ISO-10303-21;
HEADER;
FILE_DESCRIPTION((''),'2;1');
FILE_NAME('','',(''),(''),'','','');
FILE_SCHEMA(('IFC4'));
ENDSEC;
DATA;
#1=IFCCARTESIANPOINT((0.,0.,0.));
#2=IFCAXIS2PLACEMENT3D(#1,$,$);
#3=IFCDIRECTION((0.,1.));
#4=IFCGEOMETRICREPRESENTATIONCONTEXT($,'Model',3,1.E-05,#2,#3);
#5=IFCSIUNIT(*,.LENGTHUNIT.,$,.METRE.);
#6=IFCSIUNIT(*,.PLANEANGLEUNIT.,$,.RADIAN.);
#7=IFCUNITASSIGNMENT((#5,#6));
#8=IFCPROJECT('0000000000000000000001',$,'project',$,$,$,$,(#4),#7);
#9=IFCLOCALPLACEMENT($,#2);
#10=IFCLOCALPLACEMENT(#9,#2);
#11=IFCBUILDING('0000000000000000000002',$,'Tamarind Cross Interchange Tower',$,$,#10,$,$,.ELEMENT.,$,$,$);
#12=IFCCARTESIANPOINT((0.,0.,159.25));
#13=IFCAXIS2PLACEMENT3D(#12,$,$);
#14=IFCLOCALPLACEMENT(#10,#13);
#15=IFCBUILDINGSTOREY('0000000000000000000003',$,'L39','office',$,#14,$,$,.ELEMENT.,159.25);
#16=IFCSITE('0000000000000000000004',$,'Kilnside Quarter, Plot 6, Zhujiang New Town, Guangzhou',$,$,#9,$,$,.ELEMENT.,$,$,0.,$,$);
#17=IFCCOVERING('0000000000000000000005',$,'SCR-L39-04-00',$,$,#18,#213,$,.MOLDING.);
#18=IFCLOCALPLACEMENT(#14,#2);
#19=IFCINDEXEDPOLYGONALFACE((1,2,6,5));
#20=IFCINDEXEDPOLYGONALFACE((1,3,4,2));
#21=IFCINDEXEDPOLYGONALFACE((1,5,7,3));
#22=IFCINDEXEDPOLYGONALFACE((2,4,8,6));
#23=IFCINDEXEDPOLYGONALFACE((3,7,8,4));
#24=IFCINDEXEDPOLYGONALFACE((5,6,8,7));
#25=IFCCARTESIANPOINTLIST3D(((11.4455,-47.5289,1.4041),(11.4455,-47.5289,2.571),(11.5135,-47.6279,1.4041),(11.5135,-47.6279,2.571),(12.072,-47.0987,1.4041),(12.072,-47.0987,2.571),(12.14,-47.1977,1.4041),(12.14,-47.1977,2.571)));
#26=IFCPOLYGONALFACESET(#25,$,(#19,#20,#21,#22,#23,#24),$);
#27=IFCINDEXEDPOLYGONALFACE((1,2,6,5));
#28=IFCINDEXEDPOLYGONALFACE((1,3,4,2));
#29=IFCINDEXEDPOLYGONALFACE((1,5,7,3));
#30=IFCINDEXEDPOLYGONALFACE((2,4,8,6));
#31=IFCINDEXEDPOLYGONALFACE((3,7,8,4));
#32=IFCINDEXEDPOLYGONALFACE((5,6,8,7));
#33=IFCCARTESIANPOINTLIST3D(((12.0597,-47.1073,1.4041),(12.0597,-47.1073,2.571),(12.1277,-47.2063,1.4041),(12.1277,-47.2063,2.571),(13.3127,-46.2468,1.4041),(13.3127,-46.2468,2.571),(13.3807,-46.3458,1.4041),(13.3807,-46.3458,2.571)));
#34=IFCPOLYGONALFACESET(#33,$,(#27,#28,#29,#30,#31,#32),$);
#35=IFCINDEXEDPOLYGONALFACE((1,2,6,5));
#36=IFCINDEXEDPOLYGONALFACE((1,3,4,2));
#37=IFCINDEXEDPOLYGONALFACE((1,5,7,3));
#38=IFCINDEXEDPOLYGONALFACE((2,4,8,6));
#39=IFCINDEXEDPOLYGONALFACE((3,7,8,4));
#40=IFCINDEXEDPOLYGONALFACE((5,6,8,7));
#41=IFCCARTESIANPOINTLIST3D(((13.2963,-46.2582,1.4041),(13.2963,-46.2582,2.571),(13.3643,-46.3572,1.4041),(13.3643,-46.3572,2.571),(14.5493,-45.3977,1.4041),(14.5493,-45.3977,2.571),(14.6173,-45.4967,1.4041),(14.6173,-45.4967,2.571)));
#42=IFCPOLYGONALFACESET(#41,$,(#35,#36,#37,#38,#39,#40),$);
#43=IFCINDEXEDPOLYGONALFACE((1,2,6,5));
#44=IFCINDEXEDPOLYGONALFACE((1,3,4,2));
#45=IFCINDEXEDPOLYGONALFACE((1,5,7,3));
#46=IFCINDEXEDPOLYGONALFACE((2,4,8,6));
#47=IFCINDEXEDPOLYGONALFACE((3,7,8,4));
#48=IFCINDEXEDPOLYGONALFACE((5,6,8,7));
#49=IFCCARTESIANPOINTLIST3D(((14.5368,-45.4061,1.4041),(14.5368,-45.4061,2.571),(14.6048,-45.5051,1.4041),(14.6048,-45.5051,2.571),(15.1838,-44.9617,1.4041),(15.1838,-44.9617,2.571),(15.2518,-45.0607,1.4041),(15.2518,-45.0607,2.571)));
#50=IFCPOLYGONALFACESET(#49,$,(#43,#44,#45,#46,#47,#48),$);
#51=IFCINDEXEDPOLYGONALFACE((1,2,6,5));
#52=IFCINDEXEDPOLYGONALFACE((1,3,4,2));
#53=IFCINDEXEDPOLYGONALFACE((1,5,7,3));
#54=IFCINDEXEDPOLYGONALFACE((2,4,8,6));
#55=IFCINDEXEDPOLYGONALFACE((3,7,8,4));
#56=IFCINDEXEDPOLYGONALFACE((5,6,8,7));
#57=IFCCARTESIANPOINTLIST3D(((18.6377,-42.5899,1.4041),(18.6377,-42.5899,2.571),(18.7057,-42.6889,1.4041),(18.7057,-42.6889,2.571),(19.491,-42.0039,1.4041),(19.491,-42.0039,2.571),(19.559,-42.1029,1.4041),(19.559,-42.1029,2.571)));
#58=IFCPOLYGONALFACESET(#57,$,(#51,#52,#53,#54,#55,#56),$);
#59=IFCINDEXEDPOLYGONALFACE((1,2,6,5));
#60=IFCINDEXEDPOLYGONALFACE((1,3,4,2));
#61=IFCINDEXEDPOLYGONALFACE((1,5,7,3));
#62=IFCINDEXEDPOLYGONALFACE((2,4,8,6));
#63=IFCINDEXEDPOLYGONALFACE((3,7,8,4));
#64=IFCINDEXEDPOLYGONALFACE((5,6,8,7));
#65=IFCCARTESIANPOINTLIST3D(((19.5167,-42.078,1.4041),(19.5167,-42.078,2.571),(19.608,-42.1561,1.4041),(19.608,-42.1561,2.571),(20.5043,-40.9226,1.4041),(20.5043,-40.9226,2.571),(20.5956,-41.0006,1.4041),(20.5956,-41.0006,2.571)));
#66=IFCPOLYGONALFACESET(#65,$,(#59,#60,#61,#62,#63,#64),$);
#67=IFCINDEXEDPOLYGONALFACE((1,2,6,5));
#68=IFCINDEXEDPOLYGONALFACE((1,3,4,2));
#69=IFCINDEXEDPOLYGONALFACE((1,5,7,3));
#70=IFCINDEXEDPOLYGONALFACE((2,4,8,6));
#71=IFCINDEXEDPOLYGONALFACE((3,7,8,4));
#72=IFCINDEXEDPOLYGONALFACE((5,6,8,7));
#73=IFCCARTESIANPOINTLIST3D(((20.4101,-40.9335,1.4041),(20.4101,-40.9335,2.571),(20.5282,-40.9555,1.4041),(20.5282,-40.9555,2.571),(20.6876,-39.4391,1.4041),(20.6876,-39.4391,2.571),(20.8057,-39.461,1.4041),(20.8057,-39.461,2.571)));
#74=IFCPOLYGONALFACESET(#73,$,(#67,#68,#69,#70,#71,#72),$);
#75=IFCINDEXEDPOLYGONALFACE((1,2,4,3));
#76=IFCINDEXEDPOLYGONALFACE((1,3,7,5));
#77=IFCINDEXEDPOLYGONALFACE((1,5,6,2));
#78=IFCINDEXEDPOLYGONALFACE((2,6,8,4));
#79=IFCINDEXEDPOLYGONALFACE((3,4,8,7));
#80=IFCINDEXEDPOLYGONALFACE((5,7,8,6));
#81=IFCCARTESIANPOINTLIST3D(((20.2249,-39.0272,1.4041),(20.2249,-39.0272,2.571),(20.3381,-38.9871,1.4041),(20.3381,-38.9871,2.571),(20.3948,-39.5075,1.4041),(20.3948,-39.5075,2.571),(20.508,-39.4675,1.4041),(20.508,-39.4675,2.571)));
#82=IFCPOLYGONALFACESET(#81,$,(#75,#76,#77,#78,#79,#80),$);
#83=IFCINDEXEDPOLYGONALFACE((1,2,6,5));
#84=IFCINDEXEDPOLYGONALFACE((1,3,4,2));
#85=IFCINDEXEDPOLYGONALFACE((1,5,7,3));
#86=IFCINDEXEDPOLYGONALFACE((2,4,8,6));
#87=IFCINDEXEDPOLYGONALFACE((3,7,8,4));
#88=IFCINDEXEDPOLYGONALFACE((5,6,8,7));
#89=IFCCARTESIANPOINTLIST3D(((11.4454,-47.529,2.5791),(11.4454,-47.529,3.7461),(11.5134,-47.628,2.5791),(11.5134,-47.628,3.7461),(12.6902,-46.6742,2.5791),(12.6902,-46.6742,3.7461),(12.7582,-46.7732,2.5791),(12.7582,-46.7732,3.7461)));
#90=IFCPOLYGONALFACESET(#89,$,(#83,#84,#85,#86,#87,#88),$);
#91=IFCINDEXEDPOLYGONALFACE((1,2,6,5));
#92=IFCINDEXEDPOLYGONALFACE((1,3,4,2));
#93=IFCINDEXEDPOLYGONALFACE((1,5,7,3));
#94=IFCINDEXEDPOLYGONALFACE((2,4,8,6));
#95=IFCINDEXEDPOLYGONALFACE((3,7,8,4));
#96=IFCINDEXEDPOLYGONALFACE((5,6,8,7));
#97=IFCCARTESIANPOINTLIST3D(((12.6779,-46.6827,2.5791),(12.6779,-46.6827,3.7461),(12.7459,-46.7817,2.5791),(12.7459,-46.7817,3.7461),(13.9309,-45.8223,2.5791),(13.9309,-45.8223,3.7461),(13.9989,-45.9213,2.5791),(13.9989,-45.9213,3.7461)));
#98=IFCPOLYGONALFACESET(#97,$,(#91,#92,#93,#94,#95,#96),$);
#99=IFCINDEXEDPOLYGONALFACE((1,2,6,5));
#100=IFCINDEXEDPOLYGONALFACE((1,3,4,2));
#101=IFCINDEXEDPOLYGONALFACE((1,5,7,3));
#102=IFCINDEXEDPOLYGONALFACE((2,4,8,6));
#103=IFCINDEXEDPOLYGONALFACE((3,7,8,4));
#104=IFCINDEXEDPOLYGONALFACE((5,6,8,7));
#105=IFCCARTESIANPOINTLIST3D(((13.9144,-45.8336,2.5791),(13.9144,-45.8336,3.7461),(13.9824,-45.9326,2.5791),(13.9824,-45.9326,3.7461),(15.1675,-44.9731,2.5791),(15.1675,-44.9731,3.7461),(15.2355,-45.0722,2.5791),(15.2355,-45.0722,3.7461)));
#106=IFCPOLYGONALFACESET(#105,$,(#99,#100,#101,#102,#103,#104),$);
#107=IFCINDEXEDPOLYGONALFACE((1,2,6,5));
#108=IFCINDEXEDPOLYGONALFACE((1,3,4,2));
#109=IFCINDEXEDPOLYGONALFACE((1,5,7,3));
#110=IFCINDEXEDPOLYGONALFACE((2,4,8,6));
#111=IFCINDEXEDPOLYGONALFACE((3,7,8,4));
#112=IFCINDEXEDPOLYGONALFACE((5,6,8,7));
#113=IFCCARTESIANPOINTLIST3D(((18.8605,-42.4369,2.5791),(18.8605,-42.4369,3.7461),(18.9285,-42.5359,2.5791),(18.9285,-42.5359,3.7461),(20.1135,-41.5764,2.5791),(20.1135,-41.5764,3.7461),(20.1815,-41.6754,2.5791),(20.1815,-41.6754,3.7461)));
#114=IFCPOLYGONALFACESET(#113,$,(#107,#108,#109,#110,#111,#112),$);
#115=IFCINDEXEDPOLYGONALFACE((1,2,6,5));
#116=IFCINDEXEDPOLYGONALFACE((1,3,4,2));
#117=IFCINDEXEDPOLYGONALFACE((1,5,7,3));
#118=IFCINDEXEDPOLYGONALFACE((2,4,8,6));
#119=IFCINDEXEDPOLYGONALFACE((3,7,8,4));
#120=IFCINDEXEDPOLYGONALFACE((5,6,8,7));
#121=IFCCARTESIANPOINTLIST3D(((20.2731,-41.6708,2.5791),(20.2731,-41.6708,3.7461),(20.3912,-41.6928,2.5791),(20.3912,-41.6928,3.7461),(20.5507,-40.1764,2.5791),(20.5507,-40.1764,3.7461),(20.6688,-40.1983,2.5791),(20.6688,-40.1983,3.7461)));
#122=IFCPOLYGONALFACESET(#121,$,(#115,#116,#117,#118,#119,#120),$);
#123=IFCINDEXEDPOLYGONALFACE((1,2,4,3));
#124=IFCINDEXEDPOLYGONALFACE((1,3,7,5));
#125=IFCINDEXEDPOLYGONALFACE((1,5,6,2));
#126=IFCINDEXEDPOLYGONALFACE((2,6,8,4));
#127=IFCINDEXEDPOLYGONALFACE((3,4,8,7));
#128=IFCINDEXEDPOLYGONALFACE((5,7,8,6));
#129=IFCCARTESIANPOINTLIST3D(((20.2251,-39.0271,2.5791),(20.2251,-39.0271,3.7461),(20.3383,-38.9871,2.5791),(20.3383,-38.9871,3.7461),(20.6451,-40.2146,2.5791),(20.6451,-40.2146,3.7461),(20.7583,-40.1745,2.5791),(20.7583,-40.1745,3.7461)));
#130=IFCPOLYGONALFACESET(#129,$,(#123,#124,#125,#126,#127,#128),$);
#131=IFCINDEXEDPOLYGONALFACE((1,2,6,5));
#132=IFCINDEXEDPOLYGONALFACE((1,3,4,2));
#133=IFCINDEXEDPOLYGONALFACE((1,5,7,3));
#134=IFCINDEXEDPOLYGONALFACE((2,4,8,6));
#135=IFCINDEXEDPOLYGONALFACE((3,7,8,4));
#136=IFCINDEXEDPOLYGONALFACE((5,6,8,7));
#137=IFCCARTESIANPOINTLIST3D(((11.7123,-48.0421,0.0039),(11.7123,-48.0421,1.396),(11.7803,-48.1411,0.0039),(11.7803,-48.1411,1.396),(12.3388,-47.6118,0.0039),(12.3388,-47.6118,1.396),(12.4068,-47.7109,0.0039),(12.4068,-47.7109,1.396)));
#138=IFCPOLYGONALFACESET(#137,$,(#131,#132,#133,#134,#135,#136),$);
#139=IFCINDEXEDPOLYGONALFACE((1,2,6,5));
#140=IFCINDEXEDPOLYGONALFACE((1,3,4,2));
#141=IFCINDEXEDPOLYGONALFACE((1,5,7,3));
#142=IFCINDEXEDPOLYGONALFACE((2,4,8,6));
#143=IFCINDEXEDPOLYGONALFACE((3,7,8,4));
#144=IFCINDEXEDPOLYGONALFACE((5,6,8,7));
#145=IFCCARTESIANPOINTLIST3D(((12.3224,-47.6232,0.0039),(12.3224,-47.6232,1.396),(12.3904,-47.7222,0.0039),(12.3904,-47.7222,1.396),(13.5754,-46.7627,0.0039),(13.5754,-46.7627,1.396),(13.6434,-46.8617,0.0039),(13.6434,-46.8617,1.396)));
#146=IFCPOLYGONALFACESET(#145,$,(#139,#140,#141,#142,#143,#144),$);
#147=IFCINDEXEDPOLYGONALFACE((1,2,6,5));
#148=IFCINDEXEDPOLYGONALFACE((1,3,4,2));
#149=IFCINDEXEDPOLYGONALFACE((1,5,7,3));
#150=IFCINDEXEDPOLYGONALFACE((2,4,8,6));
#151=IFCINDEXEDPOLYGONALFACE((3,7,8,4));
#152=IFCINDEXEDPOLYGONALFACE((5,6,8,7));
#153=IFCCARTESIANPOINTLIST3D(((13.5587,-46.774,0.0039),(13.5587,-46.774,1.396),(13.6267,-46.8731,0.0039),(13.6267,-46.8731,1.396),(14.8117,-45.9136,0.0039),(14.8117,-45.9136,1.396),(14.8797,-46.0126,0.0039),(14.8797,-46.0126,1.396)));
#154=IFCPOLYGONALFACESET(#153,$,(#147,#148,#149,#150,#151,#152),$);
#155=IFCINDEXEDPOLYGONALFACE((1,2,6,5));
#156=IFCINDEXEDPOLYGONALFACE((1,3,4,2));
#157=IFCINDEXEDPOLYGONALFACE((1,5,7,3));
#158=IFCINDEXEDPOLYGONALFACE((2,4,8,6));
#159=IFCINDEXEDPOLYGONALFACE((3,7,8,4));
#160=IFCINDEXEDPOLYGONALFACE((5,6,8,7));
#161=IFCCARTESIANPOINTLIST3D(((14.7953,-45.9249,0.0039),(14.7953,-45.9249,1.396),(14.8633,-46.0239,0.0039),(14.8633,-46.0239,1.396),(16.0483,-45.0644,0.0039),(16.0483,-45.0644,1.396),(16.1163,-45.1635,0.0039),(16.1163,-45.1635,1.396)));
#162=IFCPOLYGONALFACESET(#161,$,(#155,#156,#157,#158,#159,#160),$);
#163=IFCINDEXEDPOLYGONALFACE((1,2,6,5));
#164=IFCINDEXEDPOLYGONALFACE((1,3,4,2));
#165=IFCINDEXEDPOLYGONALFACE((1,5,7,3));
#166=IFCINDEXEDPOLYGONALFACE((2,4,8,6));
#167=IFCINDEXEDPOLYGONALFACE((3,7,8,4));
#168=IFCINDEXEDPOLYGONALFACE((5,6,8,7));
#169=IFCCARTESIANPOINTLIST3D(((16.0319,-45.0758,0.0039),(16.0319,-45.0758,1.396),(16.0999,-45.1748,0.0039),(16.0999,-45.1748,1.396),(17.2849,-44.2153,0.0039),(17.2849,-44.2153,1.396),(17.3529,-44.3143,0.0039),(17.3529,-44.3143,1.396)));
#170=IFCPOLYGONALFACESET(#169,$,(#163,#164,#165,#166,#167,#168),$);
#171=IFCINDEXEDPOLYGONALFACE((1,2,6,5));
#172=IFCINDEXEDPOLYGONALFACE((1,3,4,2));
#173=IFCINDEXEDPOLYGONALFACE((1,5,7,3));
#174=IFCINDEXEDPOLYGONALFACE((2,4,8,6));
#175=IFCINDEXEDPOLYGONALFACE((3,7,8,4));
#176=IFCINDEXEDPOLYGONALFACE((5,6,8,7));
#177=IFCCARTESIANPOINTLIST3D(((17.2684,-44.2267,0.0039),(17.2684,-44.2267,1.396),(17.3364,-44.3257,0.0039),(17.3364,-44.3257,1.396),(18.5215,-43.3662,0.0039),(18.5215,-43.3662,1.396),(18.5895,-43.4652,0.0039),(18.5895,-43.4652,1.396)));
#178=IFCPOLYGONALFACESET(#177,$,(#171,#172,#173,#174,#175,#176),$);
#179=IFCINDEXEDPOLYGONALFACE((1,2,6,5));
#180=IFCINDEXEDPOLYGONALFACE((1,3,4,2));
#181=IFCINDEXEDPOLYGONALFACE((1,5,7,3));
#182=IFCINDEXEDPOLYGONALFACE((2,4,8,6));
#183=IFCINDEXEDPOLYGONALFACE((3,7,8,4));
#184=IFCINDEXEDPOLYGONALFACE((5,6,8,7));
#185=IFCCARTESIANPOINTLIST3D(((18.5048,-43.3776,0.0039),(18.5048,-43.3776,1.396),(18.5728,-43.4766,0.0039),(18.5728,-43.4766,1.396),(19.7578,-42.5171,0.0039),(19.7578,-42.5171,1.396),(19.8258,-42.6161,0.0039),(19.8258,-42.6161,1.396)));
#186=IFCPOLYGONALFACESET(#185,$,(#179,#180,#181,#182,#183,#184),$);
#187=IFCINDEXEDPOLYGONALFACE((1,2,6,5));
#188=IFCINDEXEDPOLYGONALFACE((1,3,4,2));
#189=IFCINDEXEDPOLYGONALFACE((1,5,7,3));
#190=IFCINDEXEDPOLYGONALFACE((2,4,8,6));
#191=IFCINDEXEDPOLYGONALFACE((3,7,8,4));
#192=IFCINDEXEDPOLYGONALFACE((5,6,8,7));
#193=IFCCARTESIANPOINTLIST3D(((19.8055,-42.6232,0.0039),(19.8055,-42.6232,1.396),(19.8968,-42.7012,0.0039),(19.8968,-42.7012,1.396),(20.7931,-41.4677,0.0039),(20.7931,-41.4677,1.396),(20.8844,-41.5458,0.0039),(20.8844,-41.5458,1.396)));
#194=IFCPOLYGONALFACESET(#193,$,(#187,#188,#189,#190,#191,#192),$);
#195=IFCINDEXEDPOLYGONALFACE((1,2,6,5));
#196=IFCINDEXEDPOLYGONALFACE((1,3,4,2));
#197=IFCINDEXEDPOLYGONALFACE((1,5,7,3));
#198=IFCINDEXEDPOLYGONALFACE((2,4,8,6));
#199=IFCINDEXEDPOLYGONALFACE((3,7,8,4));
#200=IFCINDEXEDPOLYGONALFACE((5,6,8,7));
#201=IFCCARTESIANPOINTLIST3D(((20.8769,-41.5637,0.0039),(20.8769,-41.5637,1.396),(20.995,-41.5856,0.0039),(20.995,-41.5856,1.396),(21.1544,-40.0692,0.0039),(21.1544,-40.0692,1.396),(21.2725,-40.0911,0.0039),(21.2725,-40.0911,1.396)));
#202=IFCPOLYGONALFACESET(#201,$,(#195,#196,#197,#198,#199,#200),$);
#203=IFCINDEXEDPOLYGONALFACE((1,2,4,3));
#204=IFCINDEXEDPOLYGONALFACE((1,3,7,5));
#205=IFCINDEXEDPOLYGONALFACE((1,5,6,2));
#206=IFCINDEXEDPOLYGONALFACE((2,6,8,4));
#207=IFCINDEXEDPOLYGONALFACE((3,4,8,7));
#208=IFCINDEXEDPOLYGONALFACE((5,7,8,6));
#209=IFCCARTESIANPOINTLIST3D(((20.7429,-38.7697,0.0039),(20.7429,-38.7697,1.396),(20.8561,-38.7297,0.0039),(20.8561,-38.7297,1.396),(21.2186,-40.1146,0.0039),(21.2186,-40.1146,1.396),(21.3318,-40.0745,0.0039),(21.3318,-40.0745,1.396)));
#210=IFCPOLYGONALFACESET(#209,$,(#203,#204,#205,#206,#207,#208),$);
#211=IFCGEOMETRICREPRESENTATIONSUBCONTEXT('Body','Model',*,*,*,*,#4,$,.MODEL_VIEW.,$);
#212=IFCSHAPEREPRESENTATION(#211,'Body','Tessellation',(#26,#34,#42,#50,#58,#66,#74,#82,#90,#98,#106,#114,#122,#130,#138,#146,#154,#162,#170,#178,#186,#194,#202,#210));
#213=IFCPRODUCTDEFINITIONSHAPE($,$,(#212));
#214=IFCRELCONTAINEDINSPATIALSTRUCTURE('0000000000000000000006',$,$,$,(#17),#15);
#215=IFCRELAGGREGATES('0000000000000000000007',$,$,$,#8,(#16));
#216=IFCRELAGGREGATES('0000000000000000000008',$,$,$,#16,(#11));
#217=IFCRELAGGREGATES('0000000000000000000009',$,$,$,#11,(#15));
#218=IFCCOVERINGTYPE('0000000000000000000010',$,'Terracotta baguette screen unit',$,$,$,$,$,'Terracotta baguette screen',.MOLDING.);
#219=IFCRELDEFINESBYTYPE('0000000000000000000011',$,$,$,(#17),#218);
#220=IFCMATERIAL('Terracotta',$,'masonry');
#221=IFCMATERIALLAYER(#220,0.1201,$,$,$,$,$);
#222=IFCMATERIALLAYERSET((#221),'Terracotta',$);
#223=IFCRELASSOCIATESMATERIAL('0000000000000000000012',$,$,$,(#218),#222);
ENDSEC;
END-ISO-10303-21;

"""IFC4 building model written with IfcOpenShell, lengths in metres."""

from ifc_helpers import new_model, si_unit, direction, frame, origin, origin_2d, place, context, subcontext, project, spatial, rectangle, extrude, material, layer, layer_set, type_object, element, save


model = new_model("IFC4")

# Units and contexts
model_context = context("Model", 3, precision=1e-05, world=origin(), true_north=direction((0.0, 1.0)))
body_context = subcontext(model_context, "Body", "Model", "MODEL_VIEW")
ifc_project = project(units=[si_unit("LENGTHUNIT", "METRE"), si_unit("PLANEANGLEUNIT", "RADIAN")], contexts=[model_context])

# Site, building, storey
site_placement = place(None, origin())
site = spatial("IfcSite", under=ifc_project, at=site_placement, Name="Kilnside Quarter, Plot 6, Zhujiang New Town, Guangzhou", CompositionType="ELEMENT", RefElevation=0.0)
building_placement = place(site_placement, origin())
building = spatial("IfcBuilding", under=site, at=building_placement, Name="Tamarind Cross Interchange Tower", CompositionType="ELEMENT")
storey_placement = place(building_placement, frame((0.0, 0.0, 159.25)))
storey = spatial("IfcBuildingStorey", under=building, at=storey_placement, Name="L39", Description="office", CompositionType="ELEMENT", Elevation=159.25)

# Covering
ifc_material_1 = material(Name="Terracotta", Category="masonry")
ifc_layer_1 = layer(ifc_material_1, 0.1201)
ifc_layer_set_1 = layer_set([ifc_layer_1], Name="Terracotta")
covering_type = type_object("IfcCoveringType", Name="Terracotta baguette screen unit", ElementType="Terracotta baguette screen", PredefinedType="MOLDING", material=ifc_layer_set_1)
covering_1_placement = place(storey_placement, origin())
element("IfcCovering", 1, at=covering_1_placement, inside=storey, type_object=covering_type, Name="SCR-L39-04-00", PredefinedType="MOLDING", context=body_context, shape_type="SweptSolid", body=[
    extrude(rectangle(XDim=0.76, YDim=0.1201, at=origin_2d()), frame((11.7927, -47.3633, 1.4041), z_axis=(0.0, 0.0, 1.0), x_axis=(0.82434, 0.566096, 0.0)), (0.0, 0.0, 1.0), 1.167),
    extrude(rectangle(XDim=1.52, YDim=0.1201, at=origin_2d()), frame((12.7202, -46.7266, 1.4041), z_axis=(0.0, 0.0, 1.0), x_axis=(0.82434, 0.566096, 0.0)), (0.0, 0.0, 1.0), 1.167),
    extrude(rectangle(XDim=1.52, YDim=0.1201, at=origin_2d()), frame((13.9568, -45.8774, 1.4041), z_axis=(0.0, 0.0, 1.0), x_axis=(0.82434, 0.566096, 0.0)), (0.0, 0.0, 1.0), 1.167),
    extrude(rectangle(XDim=0.7849, YDim=0.1201, at=origin_2d()), frame((14.8943, -45.2334, 1.4041), z_axis=(0.0, 0.0, 1.0), x_axis=(0.82434, 0.566096, 0.0)), (0.0, 0.0, 1.0), 1.167),
    extrude(rectangle(XDim=1.0352, YDim=0.1201, at=origin_2d()), frame((19.0984, -42.3464, 1.4041), z_axis=(0.0, 0.0, 1.0), x_axis=(0.82434, 0.566096, 0.0)), (0.0, 0.0, 1.0), 1.167),
    extrude(rectangle(XDim=1.52, YDim=0.1201, at=origin_2d()), frame((20.0562, -41.5393, 1.4041), z_axis=(0.0, 0.0, 1.0), x_axis=(0.649735, 0.760161, 0.0)), (0.0, 0.0, 1.0), 1.167),
    extrude(rectangle(XDim=1.52, YDim=0.1201, at=origin_2d()), frame((20.6079, -40.1973, 1.4041), z_axis=(0.0, 0.0, 1.0), x_axis=(0.182606, 0.983186, 0.0)), (0.0, 0.0, 1.0), 1.167),
    extrude(rectangle(XDim=0.5095, YDim=0.1201, at=origin_2d()), frame((20.3665, -39.2473, 1.4041), z_axis=(0.0, 0.0, 1.0), x_axis=(-0.333451, 0.942767, 0.0)), (0.0, 0.0, 1.0), 1.167),
    extrude(rectangle(XDim=1.51, YDim=0.1201, at=origin_2d()), frame((12.1018, -47.1511, 2.5791), z_axis=(0.0, 0.0, 1.0), x_axis=(0.82434, 0.566096, 0.0)), (0.0, 0.0, 1.0), 1.167),
    extrude(rectangle(XDim=1.52, YDim=0.1201, at=origin_2d()), frame((13.3384, -46.302, 2.5791), z_axis=(0.0, 0.0, 1.0), x_axis=(0.82434, 0.566096, 0.0)), (0.0, 0.0, 1.0), 1.167),
    extrude(rectangle(XDim=1.52, YDim=0.1201, at=origin_2d()), frame((14.575, -45.4529, 2.5791), z_axis=(0.0, 0.0, 1.0), x_axis=(0.82434, 0.566096, 0.0)), (0.0, 0.0, 1.0), 1.167),
    extrude(rectangle(XDim=1.52, YDim=0.1201, at=origin_2d()), frame((19.521, -42.0562, 2.5791), z_axis=(0.0, 0.0, 1.0), x_axis=(0.82434, 0.566096, 0.0)), (0.0, 0.0, 1.0), 1.167),
    extrude(rectangle(XDim=1.52, YDim=0.1201, at=origin_2d()), frame((20.4709, -40.9346, 2.5791), z_axis=(0.0, 0.0, 1.0), x_axis=(0.182606, 0.983186, 0.0)), (0.0, 0.0, 1.0), 1.167),
    extrude(rectangle(XDim=1.2595, YDim=0.1201, at=origin_2d()), frame((20.4917, -39.6008, 2.5791), z_axis=(0.0, 0.0, 1.0), x_axis=(-0.333451, 0.942767, 0.0)), (0.0, 0.0, 1.0), 1.167),
    extrude(rectangle(XDim=0.76, YDim=0.1201, at=origin_2d()), frame((12.0596, -47.8765, 0.0039), z_axis=(0.0, 0.0, 1.0), x_axis=(0.82434, 0.566096, 0.0)), (0.0, 0.0, 1.0), 1.3921),
    extrude(rectangle(XDim=1.52, YDim=0.1201, at=origin_2d()), frame((12.9829, -47.2424, 0.0039), z_axis=(0.0, 0.0, 1.0), x_axis=(0.82434, 0.566096, 0.0)), (0.0, 0.0, 1.0), 1.3921),
    extrude(rectangle(XDim=1.52, YDim=0.1201, at=origin_2d()), frame((14.2192, -46.3933, 0.0039), z_axis=(0.0, 0.0, 1.0), x_axis=(0.82434, 0.566096, 0.0)), (0.0, 0.0, 1.0), 1.3921),
    extrude(rectangle(XDim=1.52, YDim=0.1201, at=origin_2d()), frame((15.4558, -45.5442, 0.0039), z_axis=(0.0, 0.0, 1.0), x_axis=(0.82434, 0.566096, 0.0)), (0.0, 0.0, 1.0), 1.3921),
    extrude(rectangle(XDim=1.52, YDim=0.1201, at=origin_2d()), frame((16.6924, -44.6951, 0.0039), z_axis=(0.0, 0.0, 1.0), x_axis=(0.82434, 0.566096, 0.0)), (0.0, 0.0, 1.0), 1.3921),
    extrude(rectangle(XDim=1.52, YDim=0.1201, at=origin_2d()), frame((17.929, -43.8459, 0.0039), z_axis=(0.0, 0.0, 1.0), x_axis=(0.82434, 0.566096, 0.0)), (0.0, 0.0, 1.0), 1.3921),
    extrude(rectangle(XDim=1.52, YDim=0.1201, at=origin_2d()), frame((19.1653, -42.9968, 0.0039), z_axis=(0.0, 0.0, 1.0), x_axis=(0.82434, 0.566096, 0.0)), (0.0, 0.0, 1.0), 1.3921),
    extrude(rectangle(XDim=1.52, YDim=0.1201, at=origin_2d()), frame((20.345, -42.0845, 0.0039), z_axis=(0.0, 0.0, 1.0), x_axis=(0.649735, 0.760161, 0.0)), (0.0, 0.0, 1.0), 1.3921),
    extrude(rectangle(XDim=1.52, YDim=0.1201, at=origin_2d()), frame((21.0747, -40.8274, 0.0039), z_axis=(0.0, 0.0, 1.0), x_axis=(0.182606, 0.983186, 0.0)), (0.0, 0.0, 1.0), 1.3921),
    extrude(rectangle(XDim=1.4265, YDim=0.1201, at=origin_2d()), frame((21.0374, -39.4221, 0.0039), z_axis=(0.0, 0.0, 1.0), x_axis=(-0.333451, 0.942767, 0.0)), (0.0, 0.0, 1.0), 1.3921),
])

save(model, "model.ifc")
